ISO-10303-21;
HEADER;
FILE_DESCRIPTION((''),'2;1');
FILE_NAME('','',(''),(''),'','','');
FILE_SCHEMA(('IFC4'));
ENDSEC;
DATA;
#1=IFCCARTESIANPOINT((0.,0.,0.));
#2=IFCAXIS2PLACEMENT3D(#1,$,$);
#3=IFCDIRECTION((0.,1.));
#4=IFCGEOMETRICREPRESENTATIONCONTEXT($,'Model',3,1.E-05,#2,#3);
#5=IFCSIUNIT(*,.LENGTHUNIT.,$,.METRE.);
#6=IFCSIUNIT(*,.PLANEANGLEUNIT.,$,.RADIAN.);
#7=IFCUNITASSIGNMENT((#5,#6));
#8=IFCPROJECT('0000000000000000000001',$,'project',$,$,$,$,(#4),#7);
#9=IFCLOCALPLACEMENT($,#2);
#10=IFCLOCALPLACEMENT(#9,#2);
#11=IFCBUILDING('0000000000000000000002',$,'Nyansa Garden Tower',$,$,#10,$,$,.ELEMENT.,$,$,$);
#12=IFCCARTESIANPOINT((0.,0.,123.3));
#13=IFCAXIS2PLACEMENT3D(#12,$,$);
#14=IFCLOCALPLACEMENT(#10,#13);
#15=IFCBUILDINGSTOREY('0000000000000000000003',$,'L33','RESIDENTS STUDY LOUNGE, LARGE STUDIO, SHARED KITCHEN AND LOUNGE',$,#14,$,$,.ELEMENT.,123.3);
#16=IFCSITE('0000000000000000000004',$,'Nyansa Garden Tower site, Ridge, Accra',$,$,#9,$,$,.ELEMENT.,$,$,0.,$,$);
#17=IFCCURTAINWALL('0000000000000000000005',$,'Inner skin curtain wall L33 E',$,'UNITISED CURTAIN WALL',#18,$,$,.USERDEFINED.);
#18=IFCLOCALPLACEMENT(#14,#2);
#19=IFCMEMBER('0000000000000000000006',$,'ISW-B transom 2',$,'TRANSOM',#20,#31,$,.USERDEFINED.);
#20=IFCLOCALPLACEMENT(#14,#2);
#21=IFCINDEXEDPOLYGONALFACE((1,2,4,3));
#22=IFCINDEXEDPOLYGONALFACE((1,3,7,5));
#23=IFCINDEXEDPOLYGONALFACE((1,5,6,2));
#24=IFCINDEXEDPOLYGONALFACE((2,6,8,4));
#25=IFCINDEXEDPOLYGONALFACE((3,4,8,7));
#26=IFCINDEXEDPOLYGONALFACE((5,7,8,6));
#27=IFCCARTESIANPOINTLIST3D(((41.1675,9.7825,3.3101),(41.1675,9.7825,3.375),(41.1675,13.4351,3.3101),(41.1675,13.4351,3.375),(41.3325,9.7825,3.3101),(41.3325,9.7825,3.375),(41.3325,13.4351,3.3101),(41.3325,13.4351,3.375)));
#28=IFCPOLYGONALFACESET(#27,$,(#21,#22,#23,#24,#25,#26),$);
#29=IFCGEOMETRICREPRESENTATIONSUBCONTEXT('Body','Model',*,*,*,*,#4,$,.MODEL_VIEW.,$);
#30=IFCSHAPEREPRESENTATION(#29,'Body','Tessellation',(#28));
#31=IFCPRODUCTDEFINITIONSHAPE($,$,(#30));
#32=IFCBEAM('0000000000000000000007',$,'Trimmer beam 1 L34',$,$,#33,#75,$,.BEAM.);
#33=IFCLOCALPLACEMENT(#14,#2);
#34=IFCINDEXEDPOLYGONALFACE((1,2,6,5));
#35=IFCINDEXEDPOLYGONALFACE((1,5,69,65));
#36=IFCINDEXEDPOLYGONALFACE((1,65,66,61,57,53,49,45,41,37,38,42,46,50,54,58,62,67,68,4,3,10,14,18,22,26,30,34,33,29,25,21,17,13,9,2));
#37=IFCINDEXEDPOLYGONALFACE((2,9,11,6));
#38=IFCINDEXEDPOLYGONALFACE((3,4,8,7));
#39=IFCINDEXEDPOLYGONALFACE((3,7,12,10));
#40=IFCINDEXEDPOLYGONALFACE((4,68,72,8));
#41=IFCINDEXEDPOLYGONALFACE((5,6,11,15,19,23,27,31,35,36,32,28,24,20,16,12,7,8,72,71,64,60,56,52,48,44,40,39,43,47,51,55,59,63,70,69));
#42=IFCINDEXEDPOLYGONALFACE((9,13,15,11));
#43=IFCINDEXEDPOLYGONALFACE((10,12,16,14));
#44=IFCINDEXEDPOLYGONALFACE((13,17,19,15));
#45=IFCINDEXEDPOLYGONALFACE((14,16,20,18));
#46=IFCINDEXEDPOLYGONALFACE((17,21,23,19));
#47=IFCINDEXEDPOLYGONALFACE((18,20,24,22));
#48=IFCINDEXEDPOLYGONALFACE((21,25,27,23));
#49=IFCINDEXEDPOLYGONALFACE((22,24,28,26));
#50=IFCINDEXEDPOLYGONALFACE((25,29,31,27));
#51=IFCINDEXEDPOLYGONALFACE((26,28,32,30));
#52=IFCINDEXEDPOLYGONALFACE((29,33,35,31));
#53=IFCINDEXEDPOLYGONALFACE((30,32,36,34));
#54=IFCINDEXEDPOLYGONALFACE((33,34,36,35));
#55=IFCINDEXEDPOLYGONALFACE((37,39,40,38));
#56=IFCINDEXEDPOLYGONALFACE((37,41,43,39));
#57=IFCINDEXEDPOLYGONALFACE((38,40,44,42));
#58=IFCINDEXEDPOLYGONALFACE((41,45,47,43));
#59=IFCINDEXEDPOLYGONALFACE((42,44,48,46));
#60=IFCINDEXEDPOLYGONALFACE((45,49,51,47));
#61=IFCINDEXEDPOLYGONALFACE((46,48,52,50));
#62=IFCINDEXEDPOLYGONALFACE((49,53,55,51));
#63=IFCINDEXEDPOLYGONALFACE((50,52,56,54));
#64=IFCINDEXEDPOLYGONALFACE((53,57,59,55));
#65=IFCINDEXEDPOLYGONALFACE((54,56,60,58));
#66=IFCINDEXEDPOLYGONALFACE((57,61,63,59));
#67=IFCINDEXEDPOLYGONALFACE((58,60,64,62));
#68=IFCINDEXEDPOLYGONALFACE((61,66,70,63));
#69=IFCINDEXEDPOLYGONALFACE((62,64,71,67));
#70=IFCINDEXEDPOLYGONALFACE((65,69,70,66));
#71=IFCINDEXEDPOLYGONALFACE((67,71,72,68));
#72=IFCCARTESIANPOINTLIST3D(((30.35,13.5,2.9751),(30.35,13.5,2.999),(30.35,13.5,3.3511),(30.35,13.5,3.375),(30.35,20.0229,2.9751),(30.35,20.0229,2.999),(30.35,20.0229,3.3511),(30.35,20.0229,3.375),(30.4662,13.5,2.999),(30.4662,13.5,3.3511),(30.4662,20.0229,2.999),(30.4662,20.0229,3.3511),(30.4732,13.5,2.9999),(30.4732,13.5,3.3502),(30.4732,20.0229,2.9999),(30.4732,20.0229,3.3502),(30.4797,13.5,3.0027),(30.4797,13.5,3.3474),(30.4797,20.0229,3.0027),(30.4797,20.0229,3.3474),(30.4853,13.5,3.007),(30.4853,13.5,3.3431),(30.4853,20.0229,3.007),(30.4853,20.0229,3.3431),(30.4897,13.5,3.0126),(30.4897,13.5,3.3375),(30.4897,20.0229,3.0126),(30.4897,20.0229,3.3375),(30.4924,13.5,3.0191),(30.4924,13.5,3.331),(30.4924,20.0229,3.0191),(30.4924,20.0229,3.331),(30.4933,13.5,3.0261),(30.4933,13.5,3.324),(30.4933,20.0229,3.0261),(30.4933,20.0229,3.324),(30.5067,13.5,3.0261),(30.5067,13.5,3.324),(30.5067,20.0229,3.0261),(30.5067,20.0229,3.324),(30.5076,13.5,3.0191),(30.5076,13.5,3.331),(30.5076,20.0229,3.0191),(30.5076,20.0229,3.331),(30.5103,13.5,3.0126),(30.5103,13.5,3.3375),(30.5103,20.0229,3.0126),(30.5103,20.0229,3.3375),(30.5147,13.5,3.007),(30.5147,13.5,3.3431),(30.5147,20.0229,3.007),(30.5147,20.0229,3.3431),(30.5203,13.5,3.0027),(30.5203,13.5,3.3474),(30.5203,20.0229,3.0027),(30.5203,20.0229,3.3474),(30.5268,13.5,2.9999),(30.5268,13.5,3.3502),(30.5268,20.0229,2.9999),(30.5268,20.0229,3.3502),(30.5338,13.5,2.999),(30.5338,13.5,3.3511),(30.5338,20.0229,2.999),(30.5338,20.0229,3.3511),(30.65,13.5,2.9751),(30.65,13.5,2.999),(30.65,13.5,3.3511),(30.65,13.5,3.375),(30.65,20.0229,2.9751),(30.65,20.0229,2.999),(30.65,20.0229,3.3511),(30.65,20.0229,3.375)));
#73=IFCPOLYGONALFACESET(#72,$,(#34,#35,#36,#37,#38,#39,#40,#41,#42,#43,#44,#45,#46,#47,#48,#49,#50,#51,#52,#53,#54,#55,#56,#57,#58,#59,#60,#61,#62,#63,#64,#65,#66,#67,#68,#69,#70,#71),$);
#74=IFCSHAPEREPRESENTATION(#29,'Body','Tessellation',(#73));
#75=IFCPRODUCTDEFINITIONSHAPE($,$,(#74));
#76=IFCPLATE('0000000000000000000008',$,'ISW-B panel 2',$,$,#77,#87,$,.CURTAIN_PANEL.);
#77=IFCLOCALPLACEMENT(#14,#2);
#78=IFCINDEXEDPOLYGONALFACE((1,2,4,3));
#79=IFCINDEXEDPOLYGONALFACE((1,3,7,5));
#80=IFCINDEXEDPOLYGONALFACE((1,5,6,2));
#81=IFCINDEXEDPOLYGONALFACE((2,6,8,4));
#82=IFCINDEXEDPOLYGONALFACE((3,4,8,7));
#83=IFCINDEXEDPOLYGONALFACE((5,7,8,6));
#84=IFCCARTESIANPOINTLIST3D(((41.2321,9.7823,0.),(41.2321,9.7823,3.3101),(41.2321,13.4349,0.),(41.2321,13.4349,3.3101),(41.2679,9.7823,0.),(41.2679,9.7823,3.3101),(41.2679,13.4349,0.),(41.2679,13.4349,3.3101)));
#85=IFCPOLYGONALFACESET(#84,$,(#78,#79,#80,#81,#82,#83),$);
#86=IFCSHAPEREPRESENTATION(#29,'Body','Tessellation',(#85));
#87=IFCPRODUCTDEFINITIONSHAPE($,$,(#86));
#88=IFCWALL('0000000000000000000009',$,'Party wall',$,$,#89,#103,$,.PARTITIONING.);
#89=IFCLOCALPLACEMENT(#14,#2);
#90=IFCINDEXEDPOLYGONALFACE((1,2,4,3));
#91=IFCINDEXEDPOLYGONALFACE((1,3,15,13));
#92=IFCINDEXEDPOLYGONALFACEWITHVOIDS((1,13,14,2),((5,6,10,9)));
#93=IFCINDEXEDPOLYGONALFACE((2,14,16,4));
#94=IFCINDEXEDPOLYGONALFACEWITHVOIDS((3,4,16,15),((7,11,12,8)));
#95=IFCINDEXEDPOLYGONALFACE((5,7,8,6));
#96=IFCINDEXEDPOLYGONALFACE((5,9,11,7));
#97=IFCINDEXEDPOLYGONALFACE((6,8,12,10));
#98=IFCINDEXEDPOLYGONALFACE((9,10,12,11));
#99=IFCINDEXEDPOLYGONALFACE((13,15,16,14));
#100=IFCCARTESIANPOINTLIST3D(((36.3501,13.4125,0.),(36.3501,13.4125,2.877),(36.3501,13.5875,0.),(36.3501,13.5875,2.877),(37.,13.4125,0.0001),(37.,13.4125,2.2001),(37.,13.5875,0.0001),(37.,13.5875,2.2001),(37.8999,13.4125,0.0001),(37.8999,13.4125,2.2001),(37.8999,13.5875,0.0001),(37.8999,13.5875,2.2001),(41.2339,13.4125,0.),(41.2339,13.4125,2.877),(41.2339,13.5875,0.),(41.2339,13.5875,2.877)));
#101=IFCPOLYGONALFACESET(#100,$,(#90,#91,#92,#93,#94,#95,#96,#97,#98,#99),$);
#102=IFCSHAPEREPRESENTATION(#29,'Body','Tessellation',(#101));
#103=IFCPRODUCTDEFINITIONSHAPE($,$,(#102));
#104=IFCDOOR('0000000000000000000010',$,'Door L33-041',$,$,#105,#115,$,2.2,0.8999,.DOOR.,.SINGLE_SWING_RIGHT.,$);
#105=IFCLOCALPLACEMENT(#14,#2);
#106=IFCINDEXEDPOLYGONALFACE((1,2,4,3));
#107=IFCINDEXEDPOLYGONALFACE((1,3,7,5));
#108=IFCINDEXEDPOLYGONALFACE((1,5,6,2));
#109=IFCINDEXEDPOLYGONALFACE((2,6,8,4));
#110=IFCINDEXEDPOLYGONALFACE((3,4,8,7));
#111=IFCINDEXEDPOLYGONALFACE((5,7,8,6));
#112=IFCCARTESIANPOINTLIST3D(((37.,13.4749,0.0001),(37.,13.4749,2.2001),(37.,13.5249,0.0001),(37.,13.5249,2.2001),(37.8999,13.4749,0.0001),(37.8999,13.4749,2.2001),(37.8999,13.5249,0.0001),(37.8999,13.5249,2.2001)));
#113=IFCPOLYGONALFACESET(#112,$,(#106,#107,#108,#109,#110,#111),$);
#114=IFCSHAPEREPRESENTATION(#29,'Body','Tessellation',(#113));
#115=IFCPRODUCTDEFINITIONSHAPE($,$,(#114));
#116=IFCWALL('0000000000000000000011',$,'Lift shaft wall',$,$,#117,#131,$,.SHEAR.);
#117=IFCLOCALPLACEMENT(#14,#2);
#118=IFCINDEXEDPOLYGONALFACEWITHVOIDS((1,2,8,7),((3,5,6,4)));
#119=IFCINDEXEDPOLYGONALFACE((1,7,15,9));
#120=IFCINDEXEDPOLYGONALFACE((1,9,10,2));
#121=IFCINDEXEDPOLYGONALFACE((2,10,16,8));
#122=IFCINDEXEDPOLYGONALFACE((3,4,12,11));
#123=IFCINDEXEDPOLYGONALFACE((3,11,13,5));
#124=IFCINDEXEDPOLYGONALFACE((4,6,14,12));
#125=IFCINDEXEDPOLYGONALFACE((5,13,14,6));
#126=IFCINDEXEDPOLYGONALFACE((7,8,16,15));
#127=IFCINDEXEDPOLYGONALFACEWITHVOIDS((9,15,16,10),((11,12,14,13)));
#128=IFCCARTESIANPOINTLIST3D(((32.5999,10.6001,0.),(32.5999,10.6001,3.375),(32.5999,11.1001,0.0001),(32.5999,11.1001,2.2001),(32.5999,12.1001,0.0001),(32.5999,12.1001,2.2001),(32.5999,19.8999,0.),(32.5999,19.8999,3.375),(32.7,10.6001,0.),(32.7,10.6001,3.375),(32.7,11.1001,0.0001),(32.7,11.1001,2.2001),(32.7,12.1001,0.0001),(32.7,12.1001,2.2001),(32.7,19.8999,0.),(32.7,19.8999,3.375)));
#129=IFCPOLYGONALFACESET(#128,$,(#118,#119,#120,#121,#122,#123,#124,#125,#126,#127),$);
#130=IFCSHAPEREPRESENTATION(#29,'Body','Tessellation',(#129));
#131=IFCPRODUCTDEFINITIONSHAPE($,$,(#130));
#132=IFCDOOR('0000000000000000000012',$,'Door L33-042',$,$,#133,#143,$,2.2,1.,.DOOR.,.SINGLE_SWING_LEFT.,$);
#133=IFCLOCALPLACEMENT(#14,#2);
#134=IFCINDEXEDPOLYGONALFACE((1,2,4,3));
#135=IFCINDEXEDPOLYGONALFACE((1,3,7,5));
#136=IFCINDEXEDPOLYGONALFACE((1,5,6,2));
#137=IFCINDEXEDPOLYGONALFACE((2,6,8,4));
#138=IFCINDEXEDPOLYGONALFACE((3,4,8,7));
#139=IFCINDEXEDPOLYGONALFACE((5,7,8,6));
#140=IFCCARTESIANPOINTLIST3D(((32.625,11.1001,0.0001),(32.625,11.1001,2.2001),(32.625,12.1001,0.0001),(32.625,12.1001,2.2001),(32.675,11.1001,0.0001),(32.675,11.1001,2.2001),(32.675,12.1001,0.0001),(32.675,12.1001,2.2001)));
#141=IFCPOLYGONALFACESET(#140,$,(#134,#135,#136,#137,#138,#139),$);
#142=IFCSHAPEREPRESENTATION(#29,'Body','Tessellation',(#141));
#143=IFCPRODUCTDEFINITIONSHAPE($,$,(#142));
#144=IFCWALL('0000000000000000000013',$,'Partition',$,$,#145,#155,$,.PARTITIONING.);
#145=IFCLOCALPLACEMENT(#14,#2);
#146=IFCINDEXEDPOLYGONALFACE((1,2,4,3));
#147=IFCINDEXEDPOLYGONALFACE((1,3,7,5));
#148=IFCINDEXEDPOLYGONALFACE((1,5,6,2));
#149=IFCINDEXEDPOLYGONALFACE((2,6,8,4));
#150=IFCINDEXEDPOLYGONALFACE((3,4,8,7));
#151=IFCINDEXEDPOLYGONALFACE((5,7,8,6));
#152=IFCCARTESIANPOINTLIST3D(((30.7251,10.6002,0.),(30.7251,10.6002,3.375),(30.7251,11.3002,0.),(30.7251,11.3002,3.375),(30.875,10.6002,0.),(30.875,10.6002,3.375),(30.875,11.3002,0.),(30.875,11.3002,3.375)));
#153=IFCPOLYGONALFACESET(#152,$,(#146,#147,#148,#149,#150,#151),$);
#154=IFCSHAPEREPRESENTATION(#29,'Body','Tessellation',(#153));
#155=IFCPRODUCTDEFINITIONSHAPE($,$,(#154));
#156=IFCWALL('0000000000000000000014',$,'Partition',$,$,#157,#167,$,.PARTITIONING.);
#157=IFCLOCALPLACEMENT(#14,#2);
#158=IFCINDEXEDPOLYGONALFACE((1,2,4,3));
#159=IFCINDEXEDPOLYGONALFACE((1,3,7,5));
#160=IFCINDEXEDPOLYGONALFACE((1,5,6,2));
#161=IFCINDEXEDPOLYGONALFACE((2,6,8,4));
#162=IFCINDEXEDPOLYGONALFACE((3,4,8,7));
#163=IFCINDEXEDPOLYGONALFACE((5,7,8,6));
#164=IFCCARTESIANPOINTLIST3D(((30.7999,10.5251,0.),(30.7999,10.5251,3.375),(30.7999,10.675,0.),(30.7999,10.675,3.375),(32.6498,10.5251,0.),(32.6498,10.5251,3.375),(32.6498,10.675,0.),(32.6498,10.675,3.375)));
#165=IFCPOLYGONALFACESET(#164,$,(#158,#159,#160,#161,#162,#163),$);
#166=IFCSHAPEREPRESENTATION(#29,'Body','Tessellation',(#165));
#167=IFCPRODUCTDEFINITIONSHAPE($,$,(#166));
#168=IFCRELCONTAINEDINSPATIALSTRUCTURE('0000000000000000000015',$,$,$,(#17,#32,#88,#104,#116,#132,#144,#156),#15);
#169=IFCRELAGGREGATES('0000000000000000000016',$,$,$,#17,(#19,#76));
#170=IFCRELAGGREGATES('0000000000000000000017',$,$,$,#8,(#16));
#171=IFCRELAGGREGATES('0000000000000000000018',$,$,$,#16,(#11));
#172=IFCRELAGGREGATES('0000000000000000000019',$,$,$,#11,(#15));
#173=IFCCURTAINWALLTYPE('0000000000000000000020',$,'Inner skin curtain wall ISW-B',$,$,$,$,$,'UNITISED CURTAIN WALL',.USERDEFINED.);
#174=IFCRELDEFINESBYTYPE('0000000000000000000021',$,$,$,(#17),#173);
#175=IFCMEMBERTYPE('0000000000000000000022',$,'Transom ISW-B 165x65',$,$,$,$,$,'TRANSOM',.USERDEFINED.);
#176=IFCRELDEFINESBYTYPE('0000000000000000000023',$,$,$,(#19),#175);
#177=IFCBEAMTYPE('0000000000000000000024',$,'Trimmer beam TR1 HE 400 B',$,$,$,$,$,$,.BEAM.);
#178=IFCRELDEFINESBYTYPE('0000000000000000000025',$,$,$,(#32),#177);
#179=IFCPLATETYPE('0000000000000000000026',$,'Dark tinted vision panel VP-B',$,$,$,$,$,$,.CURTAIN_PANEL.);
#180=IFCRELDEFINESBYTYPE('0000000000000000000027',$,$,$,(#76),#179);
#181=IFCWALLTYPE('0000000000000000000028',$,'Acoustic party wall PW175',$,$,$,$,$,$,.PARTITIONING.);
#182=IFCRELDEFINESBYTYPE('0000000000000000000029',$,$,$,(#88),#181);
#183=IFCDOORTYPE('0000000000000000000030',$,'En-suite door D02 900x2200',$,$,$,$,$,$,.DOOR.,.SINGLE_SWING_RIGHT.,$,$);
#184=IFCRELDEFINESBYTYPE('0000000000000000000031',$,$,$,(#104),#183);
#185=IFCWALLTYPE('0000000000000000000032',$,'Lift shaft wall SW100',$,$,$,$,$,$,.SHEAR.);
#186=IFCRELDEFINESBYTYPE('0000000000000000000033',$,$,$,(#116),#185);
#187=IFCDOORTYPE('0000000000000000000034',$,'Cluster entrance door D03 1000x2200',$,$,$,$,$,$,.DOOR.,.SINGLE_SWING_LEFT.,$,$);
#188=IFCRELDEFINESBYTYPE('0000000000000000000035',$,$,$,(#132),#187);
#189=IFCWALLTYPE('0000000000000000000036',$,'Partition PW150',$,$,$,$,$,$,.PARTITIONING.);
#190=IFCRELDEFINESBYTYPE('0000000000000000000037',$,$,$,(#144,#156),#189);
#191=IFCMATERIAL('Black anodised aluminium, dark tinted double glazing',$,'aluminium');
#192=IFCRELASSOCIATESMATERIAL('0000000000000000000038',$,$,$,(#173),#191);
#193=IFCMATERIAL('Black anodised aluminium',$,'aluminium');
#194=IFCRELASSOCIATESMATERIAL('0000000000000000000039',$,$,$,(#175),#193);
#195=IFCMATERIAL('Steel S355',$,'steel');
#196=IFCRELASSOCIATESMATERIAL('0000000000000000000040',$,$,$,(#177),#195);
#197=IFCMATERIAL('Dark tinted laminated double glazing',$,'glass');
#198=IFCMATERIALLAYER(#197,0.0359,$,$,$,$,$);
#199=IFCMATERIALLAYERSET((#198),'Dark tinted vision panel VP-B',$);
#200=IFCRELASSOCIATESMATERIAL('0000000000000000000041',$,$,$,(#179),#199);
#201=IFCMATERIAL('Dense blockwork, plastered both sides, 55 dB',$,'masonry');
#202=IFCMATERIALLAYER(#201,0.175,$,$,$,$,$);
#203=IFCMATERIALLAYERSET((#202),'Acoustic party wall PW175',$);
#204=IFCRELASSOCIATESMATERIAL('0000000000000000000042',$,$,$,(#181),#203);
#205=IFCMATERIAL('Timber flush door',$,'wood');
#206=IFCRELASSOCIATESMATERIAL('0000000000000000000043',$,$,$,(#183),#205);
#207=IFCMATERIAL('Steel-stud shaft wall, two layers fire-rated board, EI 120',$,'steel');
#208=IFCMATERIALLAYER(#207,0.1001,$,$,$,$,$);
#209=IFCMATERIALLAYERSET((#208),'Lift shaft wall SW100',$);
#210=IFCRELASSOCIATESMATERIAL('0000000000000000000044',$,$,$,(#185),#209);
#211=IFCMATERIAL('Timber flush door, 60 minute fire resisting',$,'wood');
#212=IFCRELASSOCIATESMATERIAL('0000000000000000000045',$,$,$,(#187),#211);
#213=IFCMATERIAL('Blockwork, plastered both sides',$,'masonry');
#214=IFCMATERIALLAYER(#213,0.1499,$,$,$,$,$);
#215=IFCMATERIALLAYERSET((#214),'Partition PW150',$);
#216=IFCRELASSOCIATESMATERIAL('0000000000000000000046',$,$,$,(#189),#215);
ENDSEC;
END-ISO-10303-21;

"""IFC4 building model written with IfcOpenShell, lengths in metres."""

from ifc_helpers import new_model, si_unit, direction, frame, frame_2d, origin, origin_2d, place, context, subcontext, project, spatial, rectangle, i_section, extrude, material, layer, layer_set, material_profile, profile_set, type_object, element, fill, aggregate, save


model = new_model("IFC4")

# Units and contexts
model_context = context("Model", 3, precision=1e-05, world=origin(), true_north=direction((0.0, 1.0)))
body_context = subcontext(model_context, "Body", "Model", "MODEL_VIEW")
ifc_project = project(units=[si_unit("LENGTHUNIT", "METRE"), si_unit("PLANEANGLEUNIT", "RADIAN")], contexts=[model_context])

# Site, building, storey
site_placement = place(None, origin())
site = spatial("IfcSite", under=ifc_project, at=site_placement, Name="Nyansa Garden Tower site, Ridge, Accra", CompositionType="ELEMENT", RefElevation=0.0)
building_placement = place(site_placement, origin())
building = spatial("IfcBuilding", under=site, at=building_placement, Name="Nyansa Garden Tower", CompositionType="ELEMENT")
storey_placement = place(building_placement, frame((0.0, 0.0, 123.3)))
storey = spatial("IfcBuildingStorey", under=building, at=storey_placement, Name="L33", Description="RESIDENTS STUDY LOUNGE, LARGE STUDIO, SHARED KITCHEN AND LOUNGE", CompositionType="ELEMENT", Elevation=123.3)

# Curtain wall
ifc_material_1 = material(Name="Black anodised aluminium, dark tinted double glazing", Category="aluminium")
curtain_wall_type = type_object("IfcCurtainWallType", Name="Inner skin curtain wall ISW-B", ElementType="UNITISED CURTAIN WALL", PredefinedType="USERDEFINED", material=ifc_material_1)
curtain_wall_placement = place(storey_placement, origin())
curtain_wall = element("IfcCurtainWall", 1, at=curtain_wall_placement, inside=storey, type_object=curtain_wall_type, Name="Inner skin curtain wall L33 E", ObjectType="UNITISED CURTAIN WALL", PredefinedType="USERDEFINED")

# Member
ifc_material_2 = material(Name="Black anodised aluminium", Category="aluminium")
ifc_material_profile_1 = material_profile(ifc_material_2, rectangle(XDim=0.165, YDim=0.0649, at=origin_2d()), Name="Transom 165x65")
ifc_profile_set_1 = profile_set([ifc_material_profile_1], Name="Black anodised aluminium")
member_type_1 = type_object("IfcMemberType", Name="Transom ISW-B 165x65", ElementType="TRANSOM", PredefinedType="USERDEFINED", material=ifc_profile_set_1)
member_1_placement = place(storey_placement, frame((41.25, 9.7825, 3.3425), z_axis=(0.0, 1.0, 0.0), x_axis=(-1.0, 0.0, 0.0)))
member_1 = element("IfcMember", 2, at=member_1_placement, type_object=member_type_1, Name="ISW-B transom 2", ObjectType="TRANSOM", PredefinedType="USERDEFINED", context=body_context, shape_type="SweptSolid", body=[
    extrude(rectangle(XDim=0.165, YDim=0.0649, at=origin_2d()), origin(), (0.0, 0.0, 1.0), 3.6526),
])

# Beam
ifc_material_3 = material(Name="Steel S355", Category="steel")
ifc_material_profile_2 = material_profile(ifc_material_3, i_section(OverallWidth=0.3, OverallDepth=0.3999, WebThickness=0.0134, FlangeThickness=0.0239, FilletRadius=0.0271, at=origin_2d()), Name="HE 400 B")
ifc_profile_set_2 = profile_set([ifc_material_profile_2], Name="Steel S355")
beam_type_1 = type_object("IfcBeamType", Name="Trimmer beam TR1 HE 400 B", PredefinedType="BEAM", material=ifc_profile_set_2)
beam_1_placement = place(storey_placement, frame((30.5, 13.5, 3.175), z_axis=(0.0, 1.0, 0.0), x_axis=(-1.0, 0.0, 0.0)))
element("IfcBeam", 3, at=beam_1_placement, inside=storey, type_object=beam_type_1, Name="Trimmer beam 1 L34", PredefinedType="BEAM", context=body_context, shape_type="SweptSolid", body=[
    extrude(i_section(OverallWidth=0.3, OverallDepth=0.3999, WebThickness=0.0134, FlangeThickness=0.0239, FilletRadius=0.0271, at=origin_2d()), origin(), (0.0, 0.0, 1.0), 6.5229),
])

# Plate
ifc_material_4 = material(Name="Dark tinted laminated double glazing", Category="glass")
ifc_layer_1 = layer(ifc_material_4, 0.0359)
ifc_layer_set_1 = layer_set([ifc_layer_1], Name="Dark tinted vision panel VP-B")
plate_type = type_object("IfcPlateType", Name="Dark tinted vision panel VP-B", PredefinedType="CURTAIN_PANEL", material=ifc_layer_set_1)
plate_placement = place(storey_placement, frame((41.25, 11.6086, 0.0), z_axis=(0.0, 0.0, 1.0), x_axis=(0.0, 1.0, 0.0)))
plate = element("IfcPlate", 4, at=plate_placement, type_object=plate_type, Name="ISW-B panel 2", PredefinedType="CURTAIN_PANEL", context=body_context, shape_type="SweptSolid", body=[
    extrude(rectangle(XDim=3.6526, YDim=0.0359, at=origin_2d()), origin(), (0.0, 0.0, 1.0), 3.3101),
])
aggregate(curtain_wall, [member_1, plate])

# Walls, openings, doors
ifc_material_5 = material(Name="Dense blockwork, plastered both sides, 55 dB", Category="masonry")
ifc_layer_2 = layer(ifc_material_5, 0.175)
ifc_layer_set_2 = layer_set([ifc_layer_2], Name="Acoustic party wall PW175")
wall_type_1 = type_object("IfcWallType", Name="Acoustic party wall PW175", PredefinedType="PARTITIONING", material=ifc_layer_set_2)
wall_1_placement = place(storey_placement, frame((36.3501, 13.5, 0.0), z_axis=(0.0, 0.0, 1.0), x_axis=(1.0, 0.0, 0.0)))
wall_1 = element("IfcWall", 5, at=wall_1_placement, inside=storey, type_object=wall_type_1, Name="Party wall", PredefinedType="PARTITIONING", context=body_context, shape_type="SweptSolid", body=[
    extrude(rectangle(XDim=4.8838, YDim=0.175, at=frame_2d((2.4419, 0.0))), origin(), (0.0, 0.0, 1.0), 2.877),
])
opening_1_placement = place(wall_1_placement, frame((0.6499, 0.0, 0.0)))
opening_1 = element("IfcOpeningElement", 6, at=opening_1_placement, cuts=wall_1, PredefinedType="OPENING", context=body_context, shape_type="SweptSolid", body=[
    extrude(rectangle(XDim=0.8999, YDim=2.2, at=frame_2d((0.45, 1.1001))), frame((0.0, 0.0974, 0.0), z_axis=(0.0, -1.0, 0.0), x_axis=(1.0, 0.0, 0.0)), (0.0, 0.0, 1.0), 0.1951),
])
ifc_material_6 = material(Name="Timber flush door", Category="wood")
door_type_1 = type_object("IfcDoorType", Name="En-suite door D02 900x2200", OperationType="SINGLE_SWING_RIGHT", PredefinedType="DOOR", material=ifc_material_6)
door_1_placement = place(opening_1_placement, origin())
door_1 = element("IfcDoor", 7, at=door_1_placement, inside=storey, type_object=door_type_1, Name="Door L33-041", OperationType="SINGLE_SWING_RIGHT", OverallHeight=2.2, OverallWidth=0.8999, PredefinedType="DOOR", context=body_context, shape_type="SweptSolid", body=[
    extrude(rectangle(XDim=0.8999, YDim=2.2, at=frame_2d((0.45, 1.1001))), frame((0.0, 0.0249, 0.0), z_axis=(0.0, -1.0, 0.0), x_axis=(1.0, 0.0, 0.0)), (0.0, 0.0, 1.0), 0.05),
])
fill(opening_1, door_1)
ifc_material_7 = material(Name="Steel-stud shaft wall, two layers fire-rated board, EI 120", Category="steel")
ifc_layer_3 = layer(ifc_material_7, 0.1001)
ifc_layer_set_3 = layer_set([ifc_layer_3], Name="Lift shaft wall SW100")
wall_type_2 = type_object("IfcWallType", Name="Lift shaft wall SW100", PredefinedType="SHEAR", material=ifc_layer_set_3)
wall_2_placement = place(storey_placement, frame((32.6499, 10.6001, 0.0), z_axis=(0.0, 0.0, 1.0), x_axis=(0.0, 1.0, 0.0)))
wall_2 = element("IfcWall", 8, at=wall_2_placement, inside=storey, type_object=wall_type_2, Name="Lift shaft wall", PredefinedType="SHEAR", context=body_context, shape_type="SweptSolid", body=[
    extrude(rectangle(XDim=9.2998, YDim=0.1001, at=frame_2d((4.6499, 0.0))), origin(), (0.0, 0.0, 1.0), 3.375),
])
opening_2_placement = place(wall_2_placement, frame((0.5, 0.0, 0.0)))
opening_2 = element("IfcOpeningElement", 9, at=opening_2_placement, cuts=wall_2, PredefinedType="OPENING", context=body_context, shape_type="SweptSolid", body=[
    extrude(rectangle(XDim=1.0, YDim=2.2, at=frame_2d((0.5, 1.1001))), frame((0.0, 0.0601, 0.0), z_axis=(0.0, -1.0, 0.0), x_axis=(1.0, 0.0, 0.0)), (0.0, 0.0, 1.0), 0.1201),
])
ifc_material_8 = material(Name="Timber flush door, 60 minute fire resisting", Category="wood")
door_type_2 = type_object("IfcDoorType", Name="Cluster entrance door D03 1000x2200", OperationType="SINGLE_SWING_LEFT", PredefinedType="DOOR", material=ifc_material_8)
door_2_placement = place(opening_2_placement, origin())
door_2 = element("IfcDoor", 10, at=door_2_placement, inside=storey, type_object=door_type_2, Name="Door L33-042", OperationType="SINGLE_SWING_LEFT", OverallHeight=2.2, OverallWidth=1.0, PredefinedType="DOOR", context=body_context, shape_type="SweptSolid", body=[
    extrude(rectangle(XDim=1.0, YDim=2.2, at=frame_2d((0.5, 1.1001))), frame((0.0, 0.0249, 0.0), z_axis=(0.0, -1.0, 0.0), x_axis=(1.0, 0.0, 0.0)), (0.0, 0.0, 1.0), 0.05),
])
fill(opening_2, door_2)

# Walls
ifc_material_9 = material(Name="Blockwork, plastered both sides", Category="masonry")
ifc_layer_4 = layer(ifc_material_9, 0.1499)
ifc_layer_set_4 = layer_set([ifc_layer_4], Name="Partition PW150")
wall_type_3 = type_object("IfcWallType", Name="Partition PW150", PredefinedType="PARTITIONING", material=ifc_layer_set_4)
wall_3_placement = place(storey_placement, frame((30.8, 10.6001, 0.0), z_axis=(0.0, 0.0, 1.0), x_axis=(0.0, 1.0, 0.0)))
element("IfcWall", 11, at=wall_3_placement, inside=storey, type_object=wall_type_3, Name="Partition", PredefinedType="PARTITIONING", context=body_context, shape_type="SweptSolid", body=[
    extrude(rectangle(XDim=0.7, YDim=0.1499, at=frame_2d((0.3501, 0.0))), origin(), (0.0, 0.0, 1.0), 3.375),
])
wall_4_placement = place(storey_placement, frame((30.8, 10.6001, 0.0), z_axis=(0.0, 0.0, 1.0), x_axis=(1.0, 0.0, 0.0)))
element("IfcWall", 12, at=wall_4_placement, inside=storey, type_object=wall_type_3, Name="Partition", PredefinedType="PARTITIONING", context=body_context, shape_type="SweptSolid", body=[
    extrude(rectangle(XDim=1.8499, YDim=0.1499, at=frame_2d((0.9248, 0.0))), origin(), (0.0, 0.0, 1.0), 3.375),
])

save(model, "model.ifc")
